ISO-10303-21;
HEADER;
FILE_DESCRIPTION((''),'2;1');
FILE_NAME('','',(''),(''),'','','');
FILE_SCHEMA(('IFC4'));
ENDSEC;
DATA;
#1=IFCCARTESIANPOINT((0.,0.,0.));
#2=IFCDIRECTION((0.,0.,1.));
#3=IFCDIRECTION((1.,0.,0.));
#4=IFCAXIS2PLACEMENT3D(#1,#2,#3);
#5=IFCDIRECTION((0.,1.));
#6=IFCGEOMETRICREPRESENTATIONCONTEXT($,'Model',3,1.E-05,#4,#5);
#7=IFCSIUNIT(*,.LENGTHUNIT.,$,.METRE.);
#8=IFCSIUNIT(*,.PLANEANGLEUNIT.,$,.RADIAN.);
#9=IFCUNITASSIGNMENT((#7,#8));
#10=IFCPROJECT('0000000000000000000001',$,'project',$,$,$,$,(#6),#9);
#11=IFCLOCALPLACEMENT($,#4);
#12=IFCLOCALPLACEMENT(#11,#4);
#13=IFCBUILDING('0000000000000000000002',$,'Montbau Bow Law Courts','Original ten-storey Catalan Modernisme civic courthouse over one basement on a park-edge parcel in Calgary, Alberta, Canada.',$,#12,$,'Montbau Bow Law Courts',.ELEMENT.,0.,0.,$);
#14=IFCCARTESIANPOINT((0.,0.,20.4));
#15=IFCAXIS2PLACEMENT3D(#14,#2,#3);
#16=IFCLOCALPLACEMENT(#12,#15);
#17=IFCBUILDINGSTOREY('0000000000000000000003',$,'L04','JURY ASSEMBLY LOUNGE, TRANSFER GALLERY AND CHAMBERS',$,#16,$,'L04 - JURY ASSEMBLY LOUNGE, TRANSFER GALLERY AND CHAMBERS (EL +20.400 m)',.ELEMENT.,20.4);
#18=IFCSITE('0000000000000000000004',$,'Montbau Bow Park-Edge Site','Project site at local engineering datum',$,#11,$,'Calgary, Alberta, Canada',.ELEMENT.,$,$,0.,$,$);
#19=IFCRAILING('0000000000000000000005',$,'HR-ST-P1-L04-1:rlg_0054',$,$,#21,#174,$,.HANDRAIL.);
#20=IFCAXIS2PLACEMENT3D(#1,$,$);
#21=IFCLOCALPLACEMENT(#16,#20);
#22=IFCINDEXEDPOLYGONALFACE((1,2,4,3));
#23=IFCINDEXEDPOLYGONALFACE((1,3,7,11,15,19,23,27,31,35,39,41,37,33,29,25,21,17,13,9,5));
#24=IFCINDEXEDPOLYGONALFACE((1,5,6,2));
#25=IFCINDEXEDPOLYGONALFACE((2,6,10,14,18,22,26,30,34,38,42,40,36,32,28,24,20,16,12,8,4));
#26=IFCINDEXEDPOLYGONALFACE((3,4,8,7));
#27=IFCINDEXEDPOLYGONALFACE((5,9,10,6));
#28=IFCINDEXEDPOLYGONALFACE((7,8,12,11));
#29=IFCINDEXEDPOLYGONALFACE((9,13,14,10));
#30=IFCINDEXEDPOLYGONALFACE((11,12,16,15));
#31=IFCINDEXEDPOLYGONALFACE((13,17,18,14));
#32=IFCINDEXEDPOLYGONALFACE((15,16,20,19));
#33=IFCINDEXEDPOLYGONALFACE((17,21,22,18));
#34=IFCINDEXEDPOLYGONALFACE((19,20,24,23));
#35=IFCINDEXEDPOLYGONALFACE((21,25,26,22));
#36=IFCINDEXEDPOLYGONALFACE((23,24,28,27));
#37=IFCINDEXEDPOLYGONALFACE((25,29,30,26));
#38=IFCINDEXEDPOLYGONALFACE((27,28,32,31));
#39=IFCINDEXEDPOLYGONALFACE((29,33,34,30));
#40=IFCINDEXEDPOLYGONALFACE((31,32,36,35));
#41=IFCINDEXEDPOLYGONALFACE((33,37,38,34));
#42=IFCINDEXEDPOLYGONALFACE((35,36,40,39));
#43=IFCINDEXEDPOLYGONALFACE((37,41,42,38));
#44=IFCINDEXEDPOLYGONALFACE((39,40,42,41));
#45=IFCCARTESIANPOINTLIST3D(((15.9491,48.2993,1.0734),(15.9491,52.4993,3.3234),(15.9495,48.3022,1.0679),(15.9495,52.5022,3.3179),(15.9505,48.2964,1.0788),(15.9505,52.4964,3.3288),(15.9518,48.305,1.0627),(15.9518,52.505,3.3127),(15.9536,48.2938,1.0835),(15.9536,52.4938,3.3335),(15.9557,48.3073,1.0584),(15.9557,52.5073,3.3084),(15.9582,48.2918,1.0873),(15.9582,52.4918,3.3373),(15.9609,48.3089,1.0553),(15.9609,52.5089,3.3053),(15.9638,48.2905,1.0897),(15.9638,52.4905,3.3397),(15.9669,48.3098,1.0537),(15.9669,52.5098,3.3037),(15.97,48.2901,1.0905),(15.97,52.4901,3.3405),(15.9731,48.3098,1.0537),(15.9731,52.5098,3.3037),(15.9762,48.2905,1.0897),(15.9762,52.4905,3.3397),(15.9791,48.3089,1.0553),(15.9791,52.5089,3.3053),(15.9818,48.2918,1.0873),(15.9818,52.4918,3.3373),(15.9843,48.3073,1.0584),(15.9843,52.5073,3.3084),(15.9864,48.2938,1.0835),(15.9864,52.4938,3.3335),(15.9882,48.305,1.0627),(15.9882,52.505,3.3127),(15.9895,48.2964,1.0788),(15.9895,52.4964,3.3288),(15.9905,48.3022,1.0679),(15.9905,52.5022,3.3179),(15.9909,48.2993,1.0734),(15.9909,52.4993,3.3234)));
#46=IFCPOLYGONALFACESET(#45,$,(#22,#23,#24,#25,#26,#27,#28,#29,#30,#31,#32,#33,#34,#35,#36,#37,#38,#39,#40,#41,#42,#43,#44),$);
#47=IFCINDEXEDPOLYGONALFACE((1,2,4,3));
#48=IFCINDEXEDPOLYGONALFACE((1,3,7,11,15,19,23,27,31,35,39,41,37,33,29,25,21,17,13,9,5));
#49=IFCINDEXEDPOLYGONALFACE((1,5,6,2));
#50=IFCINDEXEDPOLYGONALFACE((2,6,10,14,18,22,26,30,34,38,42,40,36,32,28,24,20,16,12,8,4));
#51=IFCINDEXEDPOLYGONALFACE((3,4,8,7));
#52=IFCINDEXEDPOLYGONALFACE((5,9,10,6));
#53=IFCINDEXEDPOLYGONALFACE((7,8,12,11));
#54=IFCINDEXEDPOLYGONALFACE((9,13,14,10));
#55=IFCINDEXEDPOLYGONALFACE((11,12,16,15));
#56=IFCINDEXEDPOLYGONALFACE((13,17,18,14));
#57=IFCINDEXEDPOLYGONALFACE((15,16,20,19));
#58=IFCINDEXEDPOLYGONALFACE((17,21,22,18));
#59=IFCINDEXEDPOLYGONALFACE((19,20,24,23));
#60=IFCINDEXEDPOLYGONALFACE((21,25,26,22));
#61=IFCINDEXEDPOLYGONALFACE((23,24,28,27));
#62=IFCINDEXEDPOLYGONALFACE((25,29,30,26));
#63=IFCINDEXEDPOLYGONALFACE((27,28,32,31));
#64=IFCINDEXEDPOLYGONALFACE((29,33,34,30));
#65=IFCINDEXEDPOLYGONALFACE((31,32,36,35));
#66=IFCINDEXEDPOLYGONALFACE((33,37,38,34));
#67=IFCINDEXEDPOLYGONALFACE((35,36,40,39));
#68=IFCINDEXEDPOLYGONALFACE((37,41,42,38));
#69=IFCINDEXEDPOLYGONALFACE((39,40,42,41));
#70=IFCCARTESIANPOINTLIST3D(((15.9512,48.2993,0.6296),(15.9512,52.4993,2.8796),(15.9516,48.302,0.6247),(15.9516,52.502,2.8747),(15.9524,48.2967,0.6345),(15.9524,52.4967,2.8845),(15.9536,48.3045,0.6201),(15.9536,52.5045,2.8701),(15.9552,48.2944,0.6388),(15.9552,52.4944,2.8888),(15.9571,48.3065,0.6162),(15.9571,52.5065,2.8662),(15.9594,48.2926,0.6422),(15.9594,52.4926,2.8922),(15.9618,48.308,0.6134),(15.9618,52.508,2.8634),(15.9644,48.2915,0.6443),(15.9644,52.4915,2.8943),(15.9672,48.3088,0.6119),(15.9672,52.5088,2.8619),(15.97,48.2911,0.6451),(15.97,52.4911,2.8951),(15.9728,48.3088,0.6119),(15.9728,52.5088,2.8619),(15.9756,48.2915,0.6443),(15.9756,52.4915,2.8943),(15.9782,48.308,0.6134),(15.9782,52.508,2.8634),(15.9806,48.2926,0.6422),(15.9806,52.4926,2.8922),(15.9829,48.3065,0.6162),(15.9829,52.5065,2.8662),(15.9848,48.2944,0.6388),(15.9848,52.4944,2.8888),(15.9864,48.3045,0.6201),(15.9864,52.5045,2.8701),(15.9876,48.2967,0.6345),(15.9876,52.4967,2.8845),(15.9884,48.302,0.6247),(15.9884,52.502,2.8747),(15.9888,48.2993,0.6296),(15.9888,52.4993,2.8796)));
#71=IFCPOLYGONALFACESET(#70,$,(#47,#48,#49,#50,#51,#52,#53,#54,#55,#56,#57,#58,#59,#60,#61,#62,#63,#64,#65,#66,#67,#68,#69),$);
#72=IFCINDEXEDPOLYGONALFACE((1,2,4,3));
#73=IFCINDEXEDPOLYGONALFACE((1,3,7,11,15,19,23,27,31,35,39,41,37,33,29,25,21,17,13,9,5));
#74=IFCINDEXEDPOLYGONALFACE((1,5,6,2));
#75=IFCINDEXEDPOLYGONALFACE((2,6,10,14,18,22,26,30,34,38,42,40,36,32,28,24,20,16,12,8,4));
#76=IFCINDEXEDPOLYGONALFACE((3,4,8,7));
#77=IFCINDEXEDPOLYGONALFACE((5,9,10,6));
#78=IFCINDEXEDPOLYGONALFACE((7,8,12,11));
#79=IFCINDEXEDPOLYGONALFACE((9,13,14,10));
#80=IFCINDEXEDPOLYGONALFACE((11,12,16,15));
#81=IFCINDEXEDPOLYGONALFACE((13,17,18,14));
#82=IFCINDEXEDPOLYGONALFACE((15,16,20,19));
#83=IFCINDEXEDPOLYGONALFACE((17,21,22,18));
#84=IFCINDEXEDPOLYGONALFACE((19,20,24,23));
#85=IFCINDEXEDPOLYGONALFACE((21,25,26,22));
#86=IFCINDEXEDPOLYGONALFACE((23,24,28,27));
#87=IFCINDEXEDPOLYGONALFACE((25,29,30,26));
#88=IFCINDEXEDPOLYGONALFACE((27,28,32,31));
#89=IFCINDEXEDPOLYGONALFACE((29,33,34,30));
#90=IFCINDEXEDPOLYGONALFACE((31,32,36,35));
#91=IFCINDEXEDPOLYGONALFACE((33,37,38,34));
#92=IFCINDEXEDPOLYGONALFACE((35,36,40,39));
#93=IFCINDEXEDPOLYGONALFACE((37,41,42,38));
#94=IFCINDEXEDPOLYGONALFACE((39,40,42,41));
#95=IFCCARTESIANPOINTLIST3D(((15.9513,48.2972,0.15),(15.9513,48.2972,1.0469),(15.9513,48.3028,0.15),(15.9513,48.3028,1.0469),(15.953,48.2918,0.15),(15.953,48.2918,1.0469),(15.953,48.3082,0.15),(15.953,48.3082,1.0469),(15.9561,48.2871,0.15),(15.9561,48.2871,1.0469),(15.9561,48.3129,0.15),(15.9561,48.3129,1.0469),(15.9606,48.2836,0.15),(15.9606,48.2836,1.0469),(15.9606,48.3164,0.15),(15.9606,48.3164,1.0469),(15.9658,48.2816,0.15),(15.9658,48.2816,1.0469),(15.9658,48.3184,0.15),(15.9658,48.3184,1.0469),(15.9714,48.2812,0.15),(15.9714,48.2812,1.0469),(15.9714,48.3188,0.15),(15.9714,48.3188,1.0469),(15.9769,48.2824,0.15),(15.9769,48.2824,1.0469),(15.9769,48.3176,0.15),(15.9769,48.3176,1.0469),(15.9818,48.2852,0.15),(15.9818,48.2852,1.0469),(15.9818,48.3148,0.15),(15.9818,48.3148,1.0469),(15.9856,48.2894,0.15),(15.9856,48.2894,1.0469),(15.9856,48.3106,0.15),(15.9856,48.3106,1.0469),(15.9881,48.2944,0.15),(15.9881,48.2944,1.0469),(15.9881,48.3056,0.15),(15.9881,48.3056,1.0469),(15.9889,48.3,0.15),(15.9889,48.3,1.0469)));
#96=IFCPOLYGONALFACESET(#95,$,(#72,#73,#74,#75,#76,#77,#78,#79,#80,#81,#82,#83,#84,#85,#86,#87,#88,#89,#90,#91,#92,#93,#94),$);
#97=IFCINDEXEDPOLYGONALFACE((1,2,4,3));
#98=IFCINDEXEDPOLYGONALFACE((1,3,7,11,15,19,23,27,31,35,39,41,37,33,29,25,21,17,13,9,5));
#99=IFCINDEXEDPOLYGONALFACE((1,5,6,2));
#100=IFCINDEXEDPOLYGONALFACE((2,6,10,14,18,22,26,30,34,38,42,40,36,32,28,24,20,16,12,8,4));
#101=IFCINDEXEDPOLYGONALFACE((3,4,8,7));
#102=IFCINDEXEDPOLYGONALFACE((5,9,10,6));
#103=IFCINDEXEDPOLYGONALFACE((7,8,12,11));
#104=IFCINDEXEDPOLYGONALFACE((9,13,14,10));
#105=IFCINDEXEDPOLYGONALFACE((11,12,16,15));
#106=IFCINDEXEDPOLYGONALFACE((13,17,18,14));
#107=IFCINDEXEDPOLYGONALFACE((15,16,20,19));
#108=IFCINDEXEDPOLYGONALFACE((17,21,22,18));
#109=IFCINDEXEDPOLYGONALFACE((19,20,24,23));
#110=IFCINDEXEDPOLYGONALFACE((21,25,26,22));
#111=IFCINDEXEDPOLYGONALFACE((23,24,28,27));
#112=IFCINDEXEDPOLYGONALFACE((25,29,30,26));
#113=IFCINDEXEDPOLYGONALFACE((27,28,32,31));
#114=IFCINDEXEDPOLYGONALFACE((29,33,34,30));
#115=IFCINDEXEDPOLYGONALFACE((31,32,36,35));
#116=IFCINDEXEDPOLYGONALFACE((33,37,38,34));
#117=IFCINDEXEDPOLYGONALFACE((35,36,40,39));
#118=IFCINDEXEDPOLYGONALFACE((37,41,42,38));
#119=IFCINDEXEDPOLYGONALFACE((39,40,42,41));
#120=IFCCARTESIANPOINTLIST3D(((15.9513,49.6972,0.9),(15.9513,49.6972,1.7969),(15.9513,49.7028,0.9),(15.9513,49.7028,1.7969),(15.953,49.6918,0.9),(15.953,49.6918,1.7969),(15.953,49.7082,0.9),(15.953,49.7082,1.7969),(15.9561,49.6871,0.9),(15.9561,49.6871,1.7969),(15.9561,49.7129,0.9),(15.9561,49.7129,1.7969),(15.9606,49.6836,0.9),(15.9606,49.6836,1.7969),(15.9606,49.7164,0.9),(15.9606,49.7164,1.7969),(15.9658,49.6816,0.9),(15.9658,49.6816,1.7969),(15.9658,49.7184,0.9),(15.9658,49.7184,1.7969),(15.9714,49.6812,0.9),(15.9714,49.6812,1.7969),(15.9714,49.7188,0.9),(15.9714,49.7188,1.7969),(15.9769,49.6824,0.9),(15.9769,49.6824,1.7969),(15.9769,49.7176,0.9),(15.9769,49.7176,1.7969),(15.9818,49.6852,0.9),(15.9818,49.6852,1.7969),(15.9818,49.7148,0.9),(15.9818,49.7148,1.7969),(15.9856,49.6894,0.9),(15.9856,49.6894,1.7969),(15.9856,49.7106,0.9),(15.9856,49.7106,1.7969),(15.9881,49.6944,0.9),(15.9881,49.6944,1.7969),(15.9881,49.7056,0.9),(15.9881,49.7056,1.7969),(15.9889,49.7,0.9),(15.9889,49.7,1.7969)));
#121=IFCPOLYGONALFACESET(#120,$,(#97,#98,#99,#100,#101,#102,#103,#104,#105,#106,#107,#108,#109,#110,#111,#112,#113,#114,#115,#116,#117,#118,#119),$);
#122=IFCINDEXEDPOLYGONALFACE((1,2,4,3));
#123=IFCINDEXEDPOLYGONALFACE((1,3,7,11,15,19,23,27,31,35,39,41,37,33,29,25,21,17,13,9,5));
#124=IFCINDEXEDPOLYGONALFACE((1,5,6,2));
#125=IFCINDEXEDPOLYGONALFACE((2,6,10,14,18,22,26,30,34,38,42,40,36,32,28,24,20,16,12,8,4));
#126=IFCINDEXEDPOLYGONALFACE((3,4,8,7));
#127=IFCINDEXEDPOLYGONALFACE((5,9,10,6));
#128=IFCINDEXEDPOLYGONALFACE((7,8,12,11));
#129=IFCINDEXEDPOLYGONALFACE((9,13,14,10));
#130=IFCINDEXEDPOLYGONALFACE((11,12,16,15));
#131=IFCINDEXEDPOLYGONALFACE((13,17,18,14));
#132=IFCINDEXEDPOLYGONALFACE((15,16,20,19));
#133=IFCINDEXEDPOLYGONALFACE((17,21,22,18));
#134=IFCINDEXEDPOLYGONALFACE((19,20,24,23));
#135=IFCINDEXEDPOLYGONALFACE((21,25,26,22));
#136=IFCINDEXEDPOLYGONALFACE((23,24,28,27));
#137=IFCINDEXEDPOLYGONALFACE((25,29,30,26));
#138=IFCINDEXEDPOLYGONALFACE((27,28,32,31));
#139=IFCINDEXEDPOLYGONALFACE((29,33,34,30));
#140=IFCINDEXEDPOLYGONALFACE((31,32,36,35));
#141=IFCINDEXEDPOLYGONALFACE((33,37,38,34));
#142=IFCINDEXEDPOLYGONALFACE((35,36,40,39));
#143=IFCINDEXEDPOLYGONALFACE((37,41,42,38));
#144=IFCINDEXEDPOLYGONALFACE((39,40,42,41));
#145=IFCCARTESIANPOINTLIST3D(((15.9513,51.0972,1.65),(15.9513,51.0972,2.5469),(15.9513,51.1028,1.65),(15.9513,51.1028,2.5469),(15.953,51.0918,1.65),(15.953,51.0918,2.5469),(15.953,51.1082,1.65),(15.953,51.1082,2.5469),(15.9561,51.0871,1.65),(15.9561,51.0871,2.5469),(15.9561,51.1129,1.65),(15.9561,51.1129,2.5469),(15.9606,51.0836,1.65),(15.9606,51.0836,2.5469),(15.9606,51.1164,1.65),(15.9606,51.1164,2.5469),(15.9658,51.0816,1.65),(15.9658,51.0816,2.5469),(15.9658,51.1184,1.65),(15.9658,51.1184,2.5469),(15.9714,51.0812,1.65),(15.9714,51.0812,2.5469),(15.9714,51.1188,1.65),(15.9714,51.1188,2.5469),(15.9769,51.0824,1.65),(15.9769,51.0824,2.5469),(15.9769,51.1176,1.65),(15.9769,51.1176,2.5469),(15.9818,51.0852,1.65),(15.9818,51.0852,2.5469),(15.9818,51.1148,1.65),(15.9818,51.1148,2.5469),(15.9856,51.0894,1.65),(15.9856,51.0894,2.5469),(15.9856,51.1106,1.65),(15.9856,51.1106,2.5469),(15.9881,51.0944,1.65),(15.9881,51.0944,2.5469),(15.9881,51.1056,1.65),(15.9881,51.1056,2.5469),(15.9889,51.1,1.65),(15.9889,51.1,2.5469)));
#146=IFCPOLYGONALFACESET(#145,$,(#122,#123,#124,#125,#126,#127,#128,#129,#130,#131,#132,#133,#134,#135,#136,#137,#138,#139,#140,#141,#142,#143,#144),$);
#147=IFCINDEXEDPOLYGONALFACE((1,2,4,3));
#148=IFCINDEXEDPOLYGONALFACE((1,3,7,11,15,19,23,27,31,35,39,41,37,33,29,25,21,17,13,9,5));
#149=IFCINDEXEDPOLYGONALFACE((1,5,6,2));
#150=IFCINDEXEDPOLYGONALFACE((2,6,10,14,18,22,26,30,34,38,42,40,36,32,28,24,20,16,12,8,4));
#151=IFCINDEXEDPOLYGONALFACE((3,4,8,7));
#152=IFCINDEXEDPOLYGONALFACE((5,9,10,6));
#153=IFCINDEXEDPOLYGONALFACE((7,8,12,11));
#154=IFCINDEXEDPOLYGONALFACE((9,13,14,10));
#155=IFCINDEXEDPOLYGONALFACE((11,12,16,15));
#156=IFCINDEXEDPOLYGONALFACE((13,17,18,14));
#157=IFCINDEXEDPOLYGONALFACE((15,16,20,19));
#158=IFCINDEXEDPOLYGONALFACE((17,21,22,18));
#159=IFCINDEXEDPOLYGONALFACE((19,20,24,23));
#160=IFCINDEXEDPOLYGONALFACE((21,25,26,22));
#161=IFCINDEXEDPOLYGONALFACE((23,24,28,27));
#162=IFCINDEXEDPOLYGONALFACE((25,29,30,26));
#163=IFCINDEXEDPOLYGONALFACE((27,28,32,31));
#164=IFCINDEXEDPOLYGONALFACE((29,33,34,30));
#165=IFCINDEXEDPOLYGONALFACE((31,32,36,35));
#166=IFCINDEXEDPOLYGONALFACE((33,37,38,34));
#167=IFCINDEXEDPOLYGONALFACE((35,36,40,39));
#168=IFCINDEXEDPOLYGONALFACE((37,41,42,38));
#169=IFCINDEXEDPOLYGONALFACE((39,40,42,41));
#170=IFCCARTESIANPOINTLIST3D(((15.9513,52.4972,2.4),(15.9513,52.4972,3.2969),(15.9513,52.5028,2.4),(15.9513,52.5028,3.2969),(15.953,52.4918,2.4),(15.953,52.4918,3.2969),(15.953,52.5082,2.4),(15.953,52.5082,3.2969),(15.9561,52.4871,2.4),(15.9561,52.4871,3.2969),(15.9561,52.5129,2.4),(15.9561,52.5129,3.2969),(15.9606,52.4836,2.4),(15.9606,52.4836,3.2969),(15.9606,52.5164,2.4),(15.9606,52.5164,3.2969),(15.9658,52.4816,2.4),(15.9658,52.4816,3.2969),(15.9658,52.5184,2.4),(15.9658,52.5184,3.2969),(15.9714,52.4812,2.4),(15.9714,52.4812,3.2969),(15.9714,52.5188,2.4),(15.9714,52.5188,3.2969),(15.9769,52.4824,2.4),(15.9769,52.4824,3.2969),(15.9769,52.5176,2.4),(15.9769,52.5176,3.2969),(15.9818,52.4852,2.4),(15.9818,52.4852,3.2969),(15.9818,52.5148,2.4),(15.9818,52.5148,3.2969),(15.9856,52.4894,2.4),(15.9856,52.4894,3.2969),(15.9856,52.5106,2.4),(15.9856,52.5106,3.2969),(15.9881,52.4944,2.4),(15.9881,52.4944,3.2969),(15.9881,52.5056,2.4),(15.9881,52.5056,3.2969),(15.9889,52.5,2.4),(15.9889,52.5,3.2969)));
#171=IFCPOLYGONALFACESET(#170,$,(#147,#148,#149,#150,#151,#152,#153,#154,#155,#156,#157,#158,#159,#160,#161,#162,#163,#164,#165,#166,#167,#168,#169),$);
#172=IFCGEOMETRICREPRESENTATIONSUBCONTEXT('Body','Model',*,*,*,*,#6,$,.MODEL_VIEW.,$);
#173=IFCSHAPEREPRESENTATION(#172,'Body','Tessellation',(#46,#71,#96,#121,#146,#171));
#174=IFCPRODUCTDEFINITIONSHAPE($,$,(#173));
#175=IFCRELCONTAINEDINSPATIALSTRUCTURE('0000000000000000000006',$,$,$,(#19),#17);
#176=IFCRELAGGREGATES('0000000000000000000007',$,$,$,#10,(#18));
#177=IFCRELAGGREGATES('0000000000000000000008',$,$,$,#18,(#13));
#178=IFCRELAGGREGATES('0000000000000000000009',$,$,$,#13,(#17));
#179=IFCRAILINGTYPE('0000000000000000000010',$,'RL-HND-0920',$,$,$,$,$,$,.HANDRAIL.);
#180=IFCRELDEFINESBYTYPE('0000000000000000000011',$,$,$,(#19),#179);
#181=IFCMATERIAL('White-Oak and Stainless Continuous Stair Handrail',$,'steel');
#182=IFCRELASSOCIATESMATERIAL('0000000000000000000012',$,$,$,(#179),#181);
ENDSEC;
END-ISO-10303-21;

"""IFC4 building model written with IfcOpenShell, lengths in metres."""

from ifc_helpers import new_model, si_unit, direction, frame, origin_with_axes, origin_2d_with_axis, place, context, subcontext, project, spatial, circle, extrude, material, type_object, element, save


model = new_model("IFC4")

# Units and contexts
model_context = context("Model", 3, precision=1e-05, world=origin_with_axes(), true_north=direction((0.0, 1.0)))
body_context = subcontext(model_context, "Body", "Model", "MODEL_VIEW")
ifc_project = project(units=[si_unit("LENGTHUNIT", "METRE"), si_unit("PLANEANGLEUNIT", "RADIAN")], contexts=[model_context])

# Site, building, storey
site_placement = place(None, origin_with_axes())
site = spatial("IfcSite", under=ifc_project, at=site_placement, Name="Montbau Bow Park-Edge Site", Description="Project site at local engineering datum", LongName="Calgary, Alberta, Canada", CompositionType="ELEMENT", RefElevation=0.0)
building_placement = place(site_placement, origin_with_axes())
building = spatial("IfcBuilding", under=site, at=building_placement, Name="Montbau Bow Law Courts", Description="Original ten-storey Catalan Modernisme civic courthouse over one basement on a park-edge parcel in Calgary, Alberta, Canada.", LongName="Montbau Bow Law Courts", CompositionType="ELEMENT", ElevationOfRefHeight=0.0, ElevationOfTerrain=0.0)
storey_placement = place(building_placement, frame((0.0, 0.0, 20.4), z_axis=(0.0, 0.0, 1.0), x_axis=(1.0, 0.0, 0.0)))
storey = spatial("IfcBuildingStorey", under=building, at=storey_placement, Name="L04", Description="JURY ASSEMBLY LOUNGE, TRANSFER GALLERY AND CHAMBERS", LongName="L04 - JURY ASSEMBLY LOUNGE, TRANSFER GALLERY AND CHAMBERS (EL +20.400 m)", CompositionType="ELEMENT", Elevation=20.4)

# Railing
ifc_material_1 = material(Name="White-Oak and Stainless Continuous Stair Handrail", Category="steel")
railing_type_1 = type_object("IfcRailingType", Name="RL-HND-0920", PredefinedType="HANDRAIL", material=ifc_material_1)
railing_1_placement = place(None, origin_with_axes())
element("IfcRailing", 1, at=railing_1_placement, inside=storey, type_object=railing_type_1, Name="HR-ST-P1-L04-1:rlg_0054", PredefinedType="HANDRAIL", context=body_context, shape_type="SweptSolid", body=[
    extrude(circle(Radius=0.021, at=origin_2d_with_axis()), frame((15.97, 48.3, 21.472), z_axis=(0.0, 0.88148, 0.472221), x_axis=(0.0, -0.472221, 0.88148)), (0.0, 0.0, 1.0), 4.7647),
    extrude(circle(Radius=0.0189, at=origin_2d_with_axis()), frame((15.97, 48.3, 21.0284), z_axis=(0.0, 0.88148, 0.472221), x_axis=(0.0, -0.472221, 0.88148)), (0.0, 0.0, 1.0), 4.7647),
    extrude(circle(Radius=0.0189, at=origin_2d_with_axis()), frame((15.97, 48.3, 20.55), z_axis=(0.0, 0.0, 1.0), x_axis=(1.0, 0.0, 0.0)), (0.0, 0.0, 1.0), 0.8969),
    extrude(circle(Radius=0.0189, at=origin_2d_with_axis()), frame((15.97, 49.7, 21.3), z_axis=(0.0, 0.0, 1.0), x_axis=(1.0, 0.0, 0.0)), (0.0, 0.0, 1.0), 0.8969),
    extrude(circle(Radius=0.0189, at=origin_2d_with_axis()), frame((15.97, 51.1, 22.05), z_axis=(0.0, 0.0, 1.0), x_axis=(1.0, 0.0, 0.0)), (0.0, 0.0, 1.0), 0.8969),
    extrude(circle(Radius=0.0189, at=origin_2d_with_axis()), frame((15.97, 52.5, 22.8), z_axis=(0.0, 0.0, 1.0), x_axis=(1.0, 0.0, 0.0)), (0.0, 0.0, 1.0), 0.8969),
])

save(model, "model.ifc")
